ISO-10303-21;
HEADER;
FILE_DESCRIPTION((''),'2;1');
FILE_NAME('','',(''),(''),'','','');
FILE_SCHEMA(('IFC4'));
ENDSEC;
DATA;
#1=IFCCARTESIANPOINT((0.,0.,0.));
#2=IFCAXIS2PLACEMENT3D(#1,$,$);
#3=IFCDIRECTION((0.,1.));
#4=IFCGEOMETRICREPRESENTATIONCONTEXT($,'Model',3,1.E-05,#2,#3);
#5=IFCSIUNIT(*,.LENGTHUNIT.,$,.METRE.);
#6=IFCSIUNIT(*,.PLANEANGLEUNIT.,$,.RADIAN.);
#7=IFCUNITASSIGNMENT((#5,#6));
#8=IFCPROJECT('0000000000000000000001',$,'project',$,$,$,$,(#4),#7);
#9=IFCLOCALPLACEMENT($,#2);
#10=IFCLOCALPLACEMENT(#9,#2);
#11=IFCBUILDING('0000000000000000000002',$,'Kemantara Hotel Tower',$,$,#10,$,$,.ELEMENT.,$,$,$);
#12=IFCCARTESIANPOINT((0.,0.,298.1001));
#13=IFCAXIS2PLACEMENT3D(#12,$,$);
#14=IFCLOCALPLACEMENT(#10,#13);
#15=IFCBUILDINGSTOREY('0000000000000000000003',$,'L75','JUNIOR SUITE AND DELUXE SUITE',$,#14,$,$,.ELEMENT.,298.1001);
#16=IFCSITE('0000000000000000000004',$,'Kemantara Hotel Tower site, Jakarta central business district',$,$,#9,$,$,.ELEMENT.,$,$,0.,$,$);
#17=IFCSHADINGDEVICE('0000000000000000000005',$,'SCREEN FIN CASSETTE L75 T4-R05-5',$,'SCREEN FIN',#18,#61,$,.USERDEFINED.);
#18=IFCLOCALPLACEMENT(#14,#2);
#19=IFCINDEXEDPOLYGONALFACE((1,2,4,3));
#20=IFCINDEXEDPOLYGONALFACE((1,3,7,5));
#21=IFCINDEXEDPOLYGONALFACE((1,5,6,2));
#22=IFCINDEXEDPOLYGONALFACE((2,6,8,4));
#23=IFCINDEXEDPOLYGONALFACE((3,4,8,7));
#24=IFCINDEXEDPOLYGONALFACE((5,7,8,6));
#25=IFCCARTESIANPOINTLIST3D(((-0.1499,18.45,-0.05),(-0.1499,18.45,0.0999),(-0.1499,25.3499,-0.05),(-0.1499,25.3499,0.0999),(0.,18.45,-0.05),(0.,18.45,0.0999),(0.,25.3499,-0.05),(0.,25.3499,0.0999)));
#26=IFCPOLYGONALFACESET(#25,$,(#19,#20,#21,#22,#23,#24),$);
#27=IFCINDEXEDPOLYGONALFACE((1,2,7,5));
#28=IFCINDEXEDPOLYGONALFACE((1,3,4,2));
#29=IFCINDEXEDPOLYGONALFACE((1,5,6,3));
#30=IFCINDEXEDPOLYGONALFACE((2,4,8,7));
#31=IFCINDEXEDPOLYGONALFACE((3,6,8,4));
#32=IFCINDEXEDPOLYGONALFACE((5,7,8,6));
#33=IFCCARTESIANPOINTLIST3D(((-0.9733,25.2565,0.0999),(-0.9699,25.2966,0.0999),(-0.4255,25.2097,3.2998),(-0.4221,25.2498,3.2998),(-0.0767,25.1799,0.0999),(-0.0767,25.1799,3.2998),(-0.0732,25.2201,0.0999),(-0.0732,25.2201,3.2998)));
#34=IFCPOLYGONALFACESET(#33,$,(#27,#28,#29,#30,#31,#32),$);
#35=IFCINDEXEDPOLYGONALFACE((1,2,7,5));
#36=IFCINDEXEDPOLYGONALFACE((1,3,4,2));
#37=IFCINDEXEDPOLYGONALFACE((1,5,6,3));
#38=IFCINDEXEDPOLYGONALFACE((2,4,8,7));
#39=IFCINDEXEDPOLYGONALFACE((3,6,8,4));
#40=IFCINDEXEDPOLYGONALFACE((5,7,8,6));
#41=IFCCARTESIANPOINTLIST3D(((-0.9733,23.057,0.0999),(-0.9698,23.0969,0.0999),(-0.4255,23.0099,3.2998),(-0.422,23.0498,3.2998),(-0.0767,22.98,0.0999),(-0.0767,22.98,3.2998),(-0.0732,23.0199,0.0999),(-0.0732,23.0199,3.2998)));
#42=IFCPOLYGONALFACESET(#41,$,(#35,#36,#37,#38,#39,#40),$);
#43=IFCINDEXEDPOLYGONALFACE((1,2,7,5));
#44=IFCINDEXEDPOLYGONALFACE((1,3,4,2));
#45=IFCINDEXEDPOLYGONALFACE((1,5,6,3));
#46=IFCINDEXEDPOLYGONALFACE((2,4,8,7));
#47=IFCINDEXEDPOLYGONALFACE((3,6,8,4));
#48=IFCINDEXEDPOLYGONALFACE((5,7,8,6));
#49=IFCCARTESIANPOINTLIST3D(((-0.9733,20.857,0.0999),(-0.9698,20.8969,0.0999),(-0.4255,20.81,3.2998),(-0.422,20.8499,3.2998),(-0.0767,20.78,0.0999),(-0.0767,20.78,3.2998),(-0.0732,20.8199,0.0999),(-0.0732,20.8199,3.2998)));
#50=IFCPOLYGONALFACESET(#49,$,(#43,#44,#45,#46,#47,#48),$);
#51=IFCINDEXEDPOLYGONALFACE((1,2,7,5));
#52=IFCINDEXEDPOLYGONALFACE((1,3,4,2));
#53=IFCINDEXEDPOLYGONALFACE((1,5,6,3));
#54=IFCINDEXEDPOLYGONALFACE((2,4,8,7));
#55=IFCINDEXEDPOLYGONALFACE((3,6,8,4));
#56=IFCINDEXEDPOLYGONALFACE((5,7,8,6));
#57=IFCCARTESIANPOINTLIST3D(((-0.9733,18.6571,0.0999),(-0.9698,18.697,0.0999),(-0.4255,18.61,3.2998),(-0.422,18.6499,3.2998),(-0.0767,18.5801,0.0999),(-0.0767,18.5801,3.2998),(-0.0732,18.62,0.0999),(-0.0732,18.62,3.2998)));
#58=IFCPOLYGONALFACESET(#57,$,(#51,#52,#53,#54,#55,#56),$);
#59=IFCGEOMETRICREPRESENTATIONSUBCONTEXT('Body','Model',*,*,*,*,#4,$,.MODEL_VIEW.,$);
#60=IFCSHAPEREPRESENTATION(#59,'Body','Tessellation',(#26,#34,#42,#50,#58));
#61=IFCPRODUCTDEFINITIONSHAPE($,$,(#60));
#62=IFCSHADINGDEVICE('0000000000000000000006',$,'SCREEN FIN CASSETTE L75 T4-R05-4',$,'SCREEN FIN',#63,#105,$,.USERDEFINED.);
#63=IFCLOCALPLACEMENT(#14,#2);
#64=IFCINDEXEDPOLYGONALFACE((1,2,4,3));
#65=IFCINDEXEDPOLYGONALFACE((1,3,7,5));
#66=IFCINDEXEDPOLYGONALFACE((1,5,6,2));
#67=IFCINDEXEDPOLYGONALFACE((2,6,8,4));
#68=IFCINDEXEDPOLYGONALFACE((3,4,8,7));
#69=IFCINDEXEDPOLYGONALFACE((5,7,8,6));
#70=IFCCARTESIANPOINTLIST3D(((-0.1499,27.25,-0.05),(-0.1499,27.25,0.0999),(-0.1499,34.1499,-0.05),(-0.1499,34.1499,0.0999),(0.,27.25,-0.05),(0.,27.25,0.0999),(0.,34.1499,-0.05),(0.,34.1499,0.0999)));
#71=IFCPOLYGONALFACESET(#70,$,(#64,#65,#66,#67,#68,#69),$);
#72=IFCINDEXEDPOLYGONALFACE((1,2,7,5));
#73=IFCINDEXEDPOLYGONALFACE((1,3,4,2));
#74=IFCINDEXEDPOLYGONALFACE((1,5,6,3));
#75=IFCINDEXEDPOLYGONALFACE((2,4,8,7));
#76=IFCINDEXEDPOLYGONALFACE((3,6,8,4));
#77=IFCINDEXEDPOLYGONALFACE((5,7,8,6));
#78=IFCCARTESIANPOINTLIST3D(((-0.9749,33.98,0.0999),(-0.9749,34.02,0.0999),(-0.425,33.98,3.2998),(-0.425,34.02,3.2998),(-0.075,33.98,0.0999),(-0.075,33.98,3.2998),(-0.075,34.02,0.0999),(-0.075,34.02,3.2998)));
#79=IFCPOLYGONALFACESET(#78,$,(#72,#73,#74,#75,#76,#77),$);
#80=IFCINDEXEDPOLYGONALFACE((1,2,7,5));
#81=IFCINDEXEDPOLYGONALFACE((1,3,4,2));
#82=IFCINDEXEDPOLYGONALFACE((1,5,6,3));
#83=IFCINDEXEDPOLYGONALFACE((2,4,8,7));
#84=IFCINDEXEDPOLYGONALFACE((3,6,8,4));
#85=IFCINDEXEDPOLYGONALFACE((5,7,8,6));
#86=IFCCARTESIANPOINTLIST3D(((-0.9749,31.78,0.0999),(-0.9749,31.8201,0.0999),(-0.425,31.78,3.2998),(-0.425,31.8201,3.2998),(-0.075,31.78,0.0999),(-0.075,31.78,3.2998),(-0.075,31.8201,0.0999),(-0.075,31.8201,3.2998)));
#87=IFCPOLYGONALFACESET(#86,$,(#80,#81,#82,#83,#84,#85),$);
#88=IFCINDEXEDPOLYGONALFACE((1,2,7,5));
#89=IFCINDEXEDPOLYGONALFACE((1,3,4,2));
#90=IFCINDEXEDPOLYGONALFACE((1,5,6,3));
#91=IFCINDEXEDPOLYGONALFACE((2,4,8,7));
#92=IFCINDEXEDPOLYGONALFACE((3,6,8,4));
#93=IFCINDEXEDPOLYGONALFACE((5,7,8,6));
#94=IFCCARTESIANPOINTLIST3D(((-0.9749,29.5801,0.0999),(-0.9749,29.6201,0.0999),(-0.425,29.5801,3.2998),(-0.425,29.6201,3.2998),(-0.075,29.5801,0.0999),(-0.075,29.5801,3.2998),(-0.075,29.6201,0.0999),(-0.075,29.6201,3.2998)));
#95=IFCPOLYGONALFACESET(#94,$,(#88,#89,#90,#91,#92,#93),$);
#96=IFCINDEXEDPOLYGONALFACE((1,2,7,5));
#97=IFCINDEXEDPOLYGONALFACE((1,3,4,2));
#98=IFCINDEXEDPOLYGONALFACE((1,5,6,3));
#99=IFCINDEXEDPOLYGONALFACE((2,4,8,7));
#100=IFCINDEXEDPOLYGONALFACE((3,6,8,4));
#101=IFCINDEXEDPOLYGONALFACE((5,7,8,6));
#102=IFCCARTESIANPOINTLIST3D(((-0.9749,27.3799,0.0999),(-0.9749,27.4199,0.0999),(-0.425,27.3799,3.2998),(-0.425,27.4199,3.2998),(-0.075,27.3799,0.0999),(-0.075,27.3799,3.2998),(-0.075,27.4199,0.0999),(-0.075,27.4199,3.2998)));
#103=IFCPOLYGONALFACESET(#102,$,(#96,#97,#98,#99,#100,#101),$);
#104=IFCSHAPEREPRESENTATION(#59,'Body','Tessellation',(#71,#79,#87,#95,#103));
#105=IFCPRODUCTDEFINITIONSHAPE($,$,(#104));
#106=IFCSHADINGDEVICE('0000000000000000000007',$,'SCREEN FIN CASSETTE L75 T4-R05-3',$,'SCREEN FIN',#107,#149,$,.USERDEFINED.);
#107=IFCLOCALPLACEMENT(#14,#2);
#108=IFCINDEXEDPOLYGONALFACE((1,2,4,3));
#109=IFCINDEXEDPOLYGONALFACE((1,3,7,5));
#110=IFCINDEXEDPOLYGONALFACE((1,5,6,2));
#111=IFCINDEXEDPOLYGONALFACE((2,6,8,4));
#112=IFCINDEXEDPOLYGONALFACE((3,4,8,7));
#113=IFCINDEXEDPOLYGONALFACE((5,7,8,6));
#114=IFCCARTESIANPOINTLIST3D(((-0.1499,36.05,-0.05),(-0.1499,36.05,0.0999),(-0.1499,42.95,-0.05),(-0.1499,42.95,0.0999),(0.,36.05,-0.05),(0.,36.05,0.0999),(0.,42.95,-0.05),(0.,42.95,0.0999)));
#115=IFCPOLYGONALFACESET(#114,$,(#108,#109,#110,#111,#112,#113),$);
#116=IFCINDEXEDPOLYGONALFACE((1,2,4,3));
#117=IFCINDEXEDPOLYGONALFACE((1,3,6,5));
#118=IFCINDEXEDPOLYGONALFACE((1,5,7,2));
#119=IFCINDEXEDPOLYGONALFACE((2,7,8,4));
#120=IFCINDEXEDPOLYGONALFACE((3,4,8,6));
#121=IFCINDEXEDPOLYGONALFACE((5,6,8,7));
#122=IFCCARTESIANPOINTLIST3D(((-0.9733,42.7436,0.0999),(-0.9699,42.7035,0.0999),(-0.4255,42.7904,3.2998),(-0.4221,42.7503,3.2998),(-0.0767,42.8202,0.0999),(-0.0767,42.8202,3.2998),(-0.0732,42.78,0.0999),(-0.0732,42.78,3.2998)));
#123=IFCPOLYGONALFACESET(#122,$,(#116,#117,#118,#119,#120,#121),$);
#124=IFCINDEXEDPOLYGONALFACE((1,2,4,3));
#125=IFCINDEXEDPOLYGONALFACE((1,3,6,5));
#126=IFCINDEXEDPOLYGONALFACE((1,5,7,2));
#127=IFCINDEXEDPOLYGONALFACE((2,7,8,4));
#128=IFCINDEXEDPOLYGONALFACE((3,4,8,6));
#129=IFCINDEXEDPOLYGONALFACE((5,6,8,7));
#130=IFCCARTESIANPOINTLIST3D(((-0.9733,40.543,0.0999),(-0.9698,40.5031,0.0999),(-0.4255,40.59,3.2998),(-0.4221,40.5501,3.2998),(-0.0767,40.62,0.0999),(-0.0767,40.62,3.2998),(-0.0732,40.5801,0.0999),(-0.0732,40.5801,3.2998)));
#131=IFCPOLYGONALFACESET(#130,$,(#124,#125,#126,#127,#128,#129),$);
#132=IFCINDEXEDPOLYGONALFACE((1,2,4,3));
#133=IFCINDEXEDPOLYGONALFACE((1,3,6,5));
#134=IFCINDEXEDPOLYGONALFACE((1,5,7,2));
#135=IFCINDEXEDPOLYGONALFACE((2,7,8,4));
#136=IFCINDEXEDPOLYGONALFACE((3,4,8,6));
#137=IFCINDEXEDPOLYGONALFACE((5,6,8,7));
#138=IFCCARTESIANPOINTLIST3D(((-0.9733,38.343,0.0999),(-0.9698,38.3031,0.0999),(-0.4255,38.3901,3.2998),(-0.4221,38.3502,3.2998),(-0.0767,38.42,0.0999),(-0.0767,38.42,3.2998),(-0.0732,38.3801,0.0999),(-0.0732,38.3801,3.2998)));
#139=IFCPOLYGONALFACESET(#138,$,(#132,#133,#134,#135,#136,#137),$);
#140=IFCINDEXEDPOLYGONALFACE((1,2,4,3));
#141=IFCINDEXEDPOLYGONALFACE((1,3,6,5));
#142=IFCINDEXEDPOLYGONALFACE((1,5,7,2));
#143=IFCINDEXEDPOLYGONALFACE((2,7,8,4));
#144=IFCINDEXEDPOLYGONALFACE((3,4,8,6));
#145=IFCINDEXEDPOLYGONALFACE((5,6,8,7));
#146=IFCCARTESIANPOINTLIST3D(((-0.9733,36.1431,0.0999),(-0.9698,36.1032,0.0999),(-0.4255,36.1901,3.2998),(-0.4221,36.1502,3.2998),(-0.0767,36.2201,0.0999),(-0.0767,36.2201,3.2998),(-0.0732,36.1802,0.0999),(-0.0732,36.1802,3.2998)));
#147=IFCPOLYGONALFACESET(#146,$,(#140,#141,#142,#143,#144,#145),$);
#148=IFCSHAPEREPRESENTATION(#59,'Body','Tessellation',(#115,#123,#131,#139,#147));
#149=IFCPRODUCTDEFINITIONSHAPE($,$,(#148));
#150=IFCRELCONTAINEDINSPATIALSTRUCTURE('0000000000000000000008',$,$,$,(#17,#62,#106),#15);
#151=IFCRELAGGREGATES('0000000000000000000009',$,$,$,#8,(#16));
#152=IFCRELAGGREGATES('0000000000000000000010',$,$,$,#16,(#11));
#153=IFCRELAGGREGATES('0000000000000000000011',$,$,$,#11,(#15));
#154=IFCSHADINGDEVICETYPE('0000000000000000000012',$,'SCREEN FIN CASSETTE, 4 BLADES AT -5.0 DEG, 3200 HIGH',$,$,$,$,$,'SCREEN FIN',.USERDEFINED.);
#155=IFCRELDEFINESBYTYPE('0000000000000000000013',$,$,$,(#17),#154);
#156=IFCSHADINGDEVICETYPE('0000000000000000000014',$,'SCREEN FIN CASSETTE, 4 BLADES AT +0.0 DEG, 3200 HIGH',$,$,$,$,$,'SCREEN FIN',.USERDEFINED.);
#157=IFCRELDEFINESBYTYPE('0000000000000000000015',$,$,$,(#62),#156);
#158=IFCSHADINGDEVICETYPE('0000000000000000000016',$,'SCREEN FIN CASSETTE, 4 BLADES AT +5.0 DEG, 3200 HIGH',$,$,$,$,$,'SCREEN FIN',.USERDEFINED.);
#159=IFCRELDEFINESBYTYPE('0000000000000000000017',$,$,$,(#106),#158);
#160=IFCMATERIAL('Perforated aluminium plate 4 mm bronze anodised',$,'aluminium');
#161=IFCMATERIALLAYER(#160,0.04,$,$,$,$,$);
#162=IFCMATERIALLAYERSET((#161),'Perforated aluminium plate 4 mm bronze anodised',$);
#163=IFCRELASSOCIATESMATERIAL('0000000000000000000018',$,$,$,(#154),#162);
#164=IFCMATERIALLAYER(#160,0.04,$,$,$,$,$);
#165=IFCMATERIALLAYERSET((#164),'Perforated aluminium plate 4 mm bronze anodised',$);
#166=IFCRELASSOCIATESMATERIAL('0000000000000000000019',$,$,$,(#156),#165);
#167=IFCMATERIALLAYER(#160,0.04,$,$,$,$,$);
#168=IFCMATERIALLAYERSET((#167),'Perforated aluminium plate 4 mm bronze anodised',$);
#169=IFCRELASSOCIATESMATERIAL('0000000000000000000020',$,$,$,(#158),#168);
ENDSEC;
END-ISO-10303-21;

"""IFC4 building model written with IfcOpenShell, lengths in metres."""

from ifc_helpers import new_model, si_unit, direction, frame, origin, origin_2d, place, context, subcontext, project, spatial, polyline, rectangle, outline, extrude, source, transform, mapped, material, layer, layer_set, type_object, element, save


model = new_model("IFC4")

# Units and contexts
model_context = context("Model", 3, precision=1e-05, world=origin(), true_north=direction((0.0, 1.0)))
body_context = subcontext(model_context, "Body", "Model", "MODEL_VIEW")
ifc_project = project(units=[si_unit("LENGTHUNIT", "METRE"), si_unit("PLANEANGLEUNIT", "RADIAN")], contexts=[model_context])

# Site, building, storey
site_placement = place(None, origin())
site = spatial("IfcSite", under=ifc_project, at=site_placement, Name="Kemantara Hotel Tower site, Jakarta central business district", CompositionType="ELEMENT", RefElevation=0.0)
building_placement = place(site_placement, origin())
building = spatial("IfcBuilding", under=site, at=building_placement, Name="Kemantara Hotel Tower", CompositionType="ELEMENT")
storey_placement = place(building_placement, frame((0.0, 0.0, 298.1001)))
storey = spatial("IfcBuildingStorey", under=building, at=storey_placement, Name="L75", Description="JUNIOR SUITE AND DELUXE SUITE", CompositionType="ELEMENT", Elevation=298.1001)

# Shading devices
ifc_material_1 = material(Name="Perforated aluminium plate 4 mm bronze anodised", Category="aluminium")
ifc_layer_1 = layer(ifc_material_1, 0.04)
ifc_layer_set_1 = layer_set([ifc_layer_1], Name="Perforated aluminium plate 4 mm bronze anodised")
shading_device_type_1 = type_object("IfcShadingDeviceType", Name="SCREEN FIN CASSETTE, 4 BLADES AT -5.0 DEG, 3200 HIGH", ElementType="SCREEN FIN", PredefinedType="USERDEFINED", material=ifc_layer_set_1)
shared_shape_1 = source(origin(), body_context, "Body", "SweptSolid", [
    extrude(rectangle(XDim=6.8999, YDim=0.1499, at=origin_2d()), frame((3.3, -0.075, -0.1499), z_axis=(0.0, 0.0, 1.0), x_axis=(1.0, 0.0, 0.0)), (0.0, 0.0, 1.0), 0.1499),
    extrude(outline(polyline([(0.0, 0.0), (0.8999, 0.0), (0.3501, 3.2), (0.0, 3.2), (0.0, 0.0)])), frame((0.02, -0.0767, 0.0), z_axis=(-0.996376, 0.085056, 0.0), x_axis=(-0.085056, -0.996376, 0.0)), (0.0, 0.0, 1.0), 0.0403),
    extrude(outline(polyline([(0.0, 0.0), (0.8999, 0.0), (0.3501, 3.2), (0.0, 3.2), (0.0, 0.0)])), frame((2.22, -0.0767, 0.0), z_axis=(-0.996332, 0.085575, 0.0), x_axis=(-0.085575, -0.996332, 0.0)), (0.0, 0.0, 1.0), 0.04),
    extrude(outline(polyline([(0.0, 0.0), (0.8999, 0.0), (0.3501, 3.2), (0.0, 3.2), (0.0, 0.0)])), frame((4.4199, -0.0767, 0.0), z_axis=(-0.996332, 0.085575, 0.0), x_axis=(-0.085575, -0.996332, 0.0)), (0.0, 0.0, 1.0), 0.04),
    extrude(outline(polyline([(0.0, 0.0), (0.8999, 0.0), (0.3501, 3.2), (0.0, 3.2), (0.0, 0.0)])), frame((6.6199, -0.0767, 0.0), z_axis=(-0.996332, 0.085575, 0.0), x_axis=(-0.085575, -0.996332, 0.0)), (0.0, 0.0, 1.0), 0.04),
])
shading_device_1_placement = place(storey_placement, frame((0.0, 25.2, 0.0999), z_axis=(0.0, 0.0, 1.0), x_axis=(0.0, -1.0, 0.0)))
element("IfcShadingDevice", 1, at=shading_device_1_placement, inside=storey, type_object=shading_device_type_1, Name="SCREEN FIN CASSETTE L75 T4-R05-5", ObjectType="SCREEN FIN", PredefinedType="USERDEFINED", context=body_context, shape_type="MappedRepresentation", body=[
    mapped(shared_shape_1, transform((0.0, 0.0, 0.0))),
])
ifc_layer_2 = layer(ifc_material_1, 0.04)
ifc_layer_set_2 = layer_set([ifc_layer_2], Name="Perforated aluminium plate 4 mm bronze anodised")
shading_device_type_2 = type_object("IfcShadingDeviceType", Name="SCREEN FIN CASSETTE, 4 BLADES AT +0.0 DEG, 3200 HIGH", ElementType="SCREEN FIN", PredefinedType="USERDEFINED", material=ifc_layer_set_2)
shared_shape_2 = source(origin(), body_context, "Body", "SweptSolid", [
    extrude(rectangle(XDim=6.8999, YDim=0.1499, at=origin_2d()), frame((3.3, -0.075, -0.1499), z_axis=(0.0, 0.0, 1.0), x_axis=(1.0, 0.0, 0.0)), (0.0, 0.0, 1.0), 0.1499),
    extrude(outline(polyline([(0.0, 0.0), (0.8999, 0.0), (0.3501, 3.2), (0.0, 3.2), (0.0, 0.0)])), frame((0.02, -0.075, 0.0), z_axis=(-1.0, 0.0, 0.0), x_axis=(0.0, -1.0, 0.0)), (0.0, 0.0, 1.0), 0.04),
    extrude(outline(polyline([(0.0, 0.0), (0.8999, 0.0), (0.3501, 3.2), (0.0, 3.2), (0.0, 0.0)])), frame((2.22, -0.075, 0.0), z_axis=(-1.0, 0.0, 0.0), x_axis=(0.0, -1.0, 0.0)), (0.0, 0.0, 1.0), 0.04),
    extrude(outline(polyline([(0.0, 0.0), (0.8999, 0.0), (0.3501, 3.2), (0.0, 3.2), (0.0, 0.0)])), frame((4.4199, -0.075, 0.0), z_axis=(-1.0, 0.0, 0.0), x_axis=(0.0, -1.0, 0.0)), (0.0, 0.0, 1.0), 0.04),
    extrude(outline(polyline([(0.0, 0.0), (0.8999, 0.0), (0.3501, 3.2), (0.0, 3.2), (0.0, 0.0)])), frame((6.6201, -0.075, 0.0), z_axis=(-1.0, 0.0, 0.0), x_axis=(0.0, -1.0, 0.0)), (0.0, 0.0, 1.0), 0.04),
])
shading_device_2_placement = place(storey_placement, frame((0.0, 34.0, 0.0999), z_axis=(0.0, 0.0, 1.0), x_axis=(0.0, -1.0, 0.0)))
element("IfcShadingDevice", 2, at=shading_device_2_placement, inside=storey, type_object=shading_device_type_2, Name="SCREEN FIN CASSETTE L75 T4-R05-4", ObjectType="SCREEN FIN", PredefinedType="USERDEFINED", context=body_context, shape_type="MappedRepresentation", body=[
    mapped(shared_shape_2, transform((0.0, 0.0, 0.0))),
])
ifc_layer_3 = layer(ifc_material_1, 0.04)
ifc_layer_set_3 = layer_set([ifc_layer_3], Name="Perforated aluminium plate 4 mm bronze anodised")
shading_device_type_3 = type_object("IfcShadingDeviceType", Name="SCREEN FIN CASSETTE, 4 BLADES AT +5.0 DEG, 3200 HIGH", ElementType="SCREEN FIN", PredefinedType="USERDEFINED", material=ifc_layer_set_3)
shared_shape_3 = source(origin(), body_context, "Body", "SweptSolid", [
    extrude(rectangle(XDim=6.8999, YDim=0.1499, at=origin_2d()), frame((3.3, -0.075, -0.1499), z_axis=(0.0, 0.0, 1.0), x_axis=(1.0, 0.0, 0.0)), (0.0, 0.0, 1.0), 0.1499),
    extrude(outline(polyline([(0.0, 0.0), (0.8999, 0.0), (0.3501, 3.2), (0.0, 3.2), (0.0, 0.0)])), frame((0.02, -0.0732, 0.0), z_axis=(-0.996376, -0.085056, 0.0), x_axis=(0.085056, -0.996376, 0.0)), (0.0, 0.0, 1.0), 0.0403),
    extrude(outline(polyline([(0.0, 0.0), (0.8999, 0.0), (0.3501, 3.2), (0.0, 3.2), (0.0, 0.0)])), frame((2.22, -0.0732, 0.0), z_axis=(-0.996332, -0.085575, 0.0), x_axis=(0.085575, -0.996332, 0.0)), (0.0, 0.0, 1.0), 0.04),
    extrude(outline(polyline([(0.0, 0.0), (0.8999, 0.0), (0.3501, 3.2), (0.0, 3.2), (0.0, 0.0)])), frame((4.4199, -0.0732, 0.0), z_axis=(-0.996332, -0.085575, 0.0), x_axis=(0.085575, -0.996332, 0.0)), (0.0, 0.0, 1.0), 0.04),
    extrude(outline(polyline([(0.0, 0.0), (0.8999, 0.0), (0.3501, 3.2), (0.0, 3.2), (0.0, 0.0)])), frame((6.6199, -0.0732, 0.0), z_axis=(-0.996332, -0.085575, 0.0), x_axis=(0.085575, -0.996332, 0.0)), (0.0, 0.0, 1.0), 0.04),
])
shading_device_3_placement = place(storey_placement, frame((0.0, 42.8, 0.0999), z_axis=(0.0, 0.0, 1.0), x_axis=(0.0, -1.0, 0.0)))
element("IfcShadingDevice", 3, at=shading_device_3_placement, inside=storey, type_object=shading_device_type_3, Name="SCREEN FIN CASSETTE L75 T4-R05-3", ObjectType="SCREEN FIN", PredefinedType="USERDEFINED", context=body_context, shape_type="MappedRepresentation", body=[
    mapped(shared_shape_3, transform((0.0, 0.0, 0.0))),
])

save(model, "model.ifc")
